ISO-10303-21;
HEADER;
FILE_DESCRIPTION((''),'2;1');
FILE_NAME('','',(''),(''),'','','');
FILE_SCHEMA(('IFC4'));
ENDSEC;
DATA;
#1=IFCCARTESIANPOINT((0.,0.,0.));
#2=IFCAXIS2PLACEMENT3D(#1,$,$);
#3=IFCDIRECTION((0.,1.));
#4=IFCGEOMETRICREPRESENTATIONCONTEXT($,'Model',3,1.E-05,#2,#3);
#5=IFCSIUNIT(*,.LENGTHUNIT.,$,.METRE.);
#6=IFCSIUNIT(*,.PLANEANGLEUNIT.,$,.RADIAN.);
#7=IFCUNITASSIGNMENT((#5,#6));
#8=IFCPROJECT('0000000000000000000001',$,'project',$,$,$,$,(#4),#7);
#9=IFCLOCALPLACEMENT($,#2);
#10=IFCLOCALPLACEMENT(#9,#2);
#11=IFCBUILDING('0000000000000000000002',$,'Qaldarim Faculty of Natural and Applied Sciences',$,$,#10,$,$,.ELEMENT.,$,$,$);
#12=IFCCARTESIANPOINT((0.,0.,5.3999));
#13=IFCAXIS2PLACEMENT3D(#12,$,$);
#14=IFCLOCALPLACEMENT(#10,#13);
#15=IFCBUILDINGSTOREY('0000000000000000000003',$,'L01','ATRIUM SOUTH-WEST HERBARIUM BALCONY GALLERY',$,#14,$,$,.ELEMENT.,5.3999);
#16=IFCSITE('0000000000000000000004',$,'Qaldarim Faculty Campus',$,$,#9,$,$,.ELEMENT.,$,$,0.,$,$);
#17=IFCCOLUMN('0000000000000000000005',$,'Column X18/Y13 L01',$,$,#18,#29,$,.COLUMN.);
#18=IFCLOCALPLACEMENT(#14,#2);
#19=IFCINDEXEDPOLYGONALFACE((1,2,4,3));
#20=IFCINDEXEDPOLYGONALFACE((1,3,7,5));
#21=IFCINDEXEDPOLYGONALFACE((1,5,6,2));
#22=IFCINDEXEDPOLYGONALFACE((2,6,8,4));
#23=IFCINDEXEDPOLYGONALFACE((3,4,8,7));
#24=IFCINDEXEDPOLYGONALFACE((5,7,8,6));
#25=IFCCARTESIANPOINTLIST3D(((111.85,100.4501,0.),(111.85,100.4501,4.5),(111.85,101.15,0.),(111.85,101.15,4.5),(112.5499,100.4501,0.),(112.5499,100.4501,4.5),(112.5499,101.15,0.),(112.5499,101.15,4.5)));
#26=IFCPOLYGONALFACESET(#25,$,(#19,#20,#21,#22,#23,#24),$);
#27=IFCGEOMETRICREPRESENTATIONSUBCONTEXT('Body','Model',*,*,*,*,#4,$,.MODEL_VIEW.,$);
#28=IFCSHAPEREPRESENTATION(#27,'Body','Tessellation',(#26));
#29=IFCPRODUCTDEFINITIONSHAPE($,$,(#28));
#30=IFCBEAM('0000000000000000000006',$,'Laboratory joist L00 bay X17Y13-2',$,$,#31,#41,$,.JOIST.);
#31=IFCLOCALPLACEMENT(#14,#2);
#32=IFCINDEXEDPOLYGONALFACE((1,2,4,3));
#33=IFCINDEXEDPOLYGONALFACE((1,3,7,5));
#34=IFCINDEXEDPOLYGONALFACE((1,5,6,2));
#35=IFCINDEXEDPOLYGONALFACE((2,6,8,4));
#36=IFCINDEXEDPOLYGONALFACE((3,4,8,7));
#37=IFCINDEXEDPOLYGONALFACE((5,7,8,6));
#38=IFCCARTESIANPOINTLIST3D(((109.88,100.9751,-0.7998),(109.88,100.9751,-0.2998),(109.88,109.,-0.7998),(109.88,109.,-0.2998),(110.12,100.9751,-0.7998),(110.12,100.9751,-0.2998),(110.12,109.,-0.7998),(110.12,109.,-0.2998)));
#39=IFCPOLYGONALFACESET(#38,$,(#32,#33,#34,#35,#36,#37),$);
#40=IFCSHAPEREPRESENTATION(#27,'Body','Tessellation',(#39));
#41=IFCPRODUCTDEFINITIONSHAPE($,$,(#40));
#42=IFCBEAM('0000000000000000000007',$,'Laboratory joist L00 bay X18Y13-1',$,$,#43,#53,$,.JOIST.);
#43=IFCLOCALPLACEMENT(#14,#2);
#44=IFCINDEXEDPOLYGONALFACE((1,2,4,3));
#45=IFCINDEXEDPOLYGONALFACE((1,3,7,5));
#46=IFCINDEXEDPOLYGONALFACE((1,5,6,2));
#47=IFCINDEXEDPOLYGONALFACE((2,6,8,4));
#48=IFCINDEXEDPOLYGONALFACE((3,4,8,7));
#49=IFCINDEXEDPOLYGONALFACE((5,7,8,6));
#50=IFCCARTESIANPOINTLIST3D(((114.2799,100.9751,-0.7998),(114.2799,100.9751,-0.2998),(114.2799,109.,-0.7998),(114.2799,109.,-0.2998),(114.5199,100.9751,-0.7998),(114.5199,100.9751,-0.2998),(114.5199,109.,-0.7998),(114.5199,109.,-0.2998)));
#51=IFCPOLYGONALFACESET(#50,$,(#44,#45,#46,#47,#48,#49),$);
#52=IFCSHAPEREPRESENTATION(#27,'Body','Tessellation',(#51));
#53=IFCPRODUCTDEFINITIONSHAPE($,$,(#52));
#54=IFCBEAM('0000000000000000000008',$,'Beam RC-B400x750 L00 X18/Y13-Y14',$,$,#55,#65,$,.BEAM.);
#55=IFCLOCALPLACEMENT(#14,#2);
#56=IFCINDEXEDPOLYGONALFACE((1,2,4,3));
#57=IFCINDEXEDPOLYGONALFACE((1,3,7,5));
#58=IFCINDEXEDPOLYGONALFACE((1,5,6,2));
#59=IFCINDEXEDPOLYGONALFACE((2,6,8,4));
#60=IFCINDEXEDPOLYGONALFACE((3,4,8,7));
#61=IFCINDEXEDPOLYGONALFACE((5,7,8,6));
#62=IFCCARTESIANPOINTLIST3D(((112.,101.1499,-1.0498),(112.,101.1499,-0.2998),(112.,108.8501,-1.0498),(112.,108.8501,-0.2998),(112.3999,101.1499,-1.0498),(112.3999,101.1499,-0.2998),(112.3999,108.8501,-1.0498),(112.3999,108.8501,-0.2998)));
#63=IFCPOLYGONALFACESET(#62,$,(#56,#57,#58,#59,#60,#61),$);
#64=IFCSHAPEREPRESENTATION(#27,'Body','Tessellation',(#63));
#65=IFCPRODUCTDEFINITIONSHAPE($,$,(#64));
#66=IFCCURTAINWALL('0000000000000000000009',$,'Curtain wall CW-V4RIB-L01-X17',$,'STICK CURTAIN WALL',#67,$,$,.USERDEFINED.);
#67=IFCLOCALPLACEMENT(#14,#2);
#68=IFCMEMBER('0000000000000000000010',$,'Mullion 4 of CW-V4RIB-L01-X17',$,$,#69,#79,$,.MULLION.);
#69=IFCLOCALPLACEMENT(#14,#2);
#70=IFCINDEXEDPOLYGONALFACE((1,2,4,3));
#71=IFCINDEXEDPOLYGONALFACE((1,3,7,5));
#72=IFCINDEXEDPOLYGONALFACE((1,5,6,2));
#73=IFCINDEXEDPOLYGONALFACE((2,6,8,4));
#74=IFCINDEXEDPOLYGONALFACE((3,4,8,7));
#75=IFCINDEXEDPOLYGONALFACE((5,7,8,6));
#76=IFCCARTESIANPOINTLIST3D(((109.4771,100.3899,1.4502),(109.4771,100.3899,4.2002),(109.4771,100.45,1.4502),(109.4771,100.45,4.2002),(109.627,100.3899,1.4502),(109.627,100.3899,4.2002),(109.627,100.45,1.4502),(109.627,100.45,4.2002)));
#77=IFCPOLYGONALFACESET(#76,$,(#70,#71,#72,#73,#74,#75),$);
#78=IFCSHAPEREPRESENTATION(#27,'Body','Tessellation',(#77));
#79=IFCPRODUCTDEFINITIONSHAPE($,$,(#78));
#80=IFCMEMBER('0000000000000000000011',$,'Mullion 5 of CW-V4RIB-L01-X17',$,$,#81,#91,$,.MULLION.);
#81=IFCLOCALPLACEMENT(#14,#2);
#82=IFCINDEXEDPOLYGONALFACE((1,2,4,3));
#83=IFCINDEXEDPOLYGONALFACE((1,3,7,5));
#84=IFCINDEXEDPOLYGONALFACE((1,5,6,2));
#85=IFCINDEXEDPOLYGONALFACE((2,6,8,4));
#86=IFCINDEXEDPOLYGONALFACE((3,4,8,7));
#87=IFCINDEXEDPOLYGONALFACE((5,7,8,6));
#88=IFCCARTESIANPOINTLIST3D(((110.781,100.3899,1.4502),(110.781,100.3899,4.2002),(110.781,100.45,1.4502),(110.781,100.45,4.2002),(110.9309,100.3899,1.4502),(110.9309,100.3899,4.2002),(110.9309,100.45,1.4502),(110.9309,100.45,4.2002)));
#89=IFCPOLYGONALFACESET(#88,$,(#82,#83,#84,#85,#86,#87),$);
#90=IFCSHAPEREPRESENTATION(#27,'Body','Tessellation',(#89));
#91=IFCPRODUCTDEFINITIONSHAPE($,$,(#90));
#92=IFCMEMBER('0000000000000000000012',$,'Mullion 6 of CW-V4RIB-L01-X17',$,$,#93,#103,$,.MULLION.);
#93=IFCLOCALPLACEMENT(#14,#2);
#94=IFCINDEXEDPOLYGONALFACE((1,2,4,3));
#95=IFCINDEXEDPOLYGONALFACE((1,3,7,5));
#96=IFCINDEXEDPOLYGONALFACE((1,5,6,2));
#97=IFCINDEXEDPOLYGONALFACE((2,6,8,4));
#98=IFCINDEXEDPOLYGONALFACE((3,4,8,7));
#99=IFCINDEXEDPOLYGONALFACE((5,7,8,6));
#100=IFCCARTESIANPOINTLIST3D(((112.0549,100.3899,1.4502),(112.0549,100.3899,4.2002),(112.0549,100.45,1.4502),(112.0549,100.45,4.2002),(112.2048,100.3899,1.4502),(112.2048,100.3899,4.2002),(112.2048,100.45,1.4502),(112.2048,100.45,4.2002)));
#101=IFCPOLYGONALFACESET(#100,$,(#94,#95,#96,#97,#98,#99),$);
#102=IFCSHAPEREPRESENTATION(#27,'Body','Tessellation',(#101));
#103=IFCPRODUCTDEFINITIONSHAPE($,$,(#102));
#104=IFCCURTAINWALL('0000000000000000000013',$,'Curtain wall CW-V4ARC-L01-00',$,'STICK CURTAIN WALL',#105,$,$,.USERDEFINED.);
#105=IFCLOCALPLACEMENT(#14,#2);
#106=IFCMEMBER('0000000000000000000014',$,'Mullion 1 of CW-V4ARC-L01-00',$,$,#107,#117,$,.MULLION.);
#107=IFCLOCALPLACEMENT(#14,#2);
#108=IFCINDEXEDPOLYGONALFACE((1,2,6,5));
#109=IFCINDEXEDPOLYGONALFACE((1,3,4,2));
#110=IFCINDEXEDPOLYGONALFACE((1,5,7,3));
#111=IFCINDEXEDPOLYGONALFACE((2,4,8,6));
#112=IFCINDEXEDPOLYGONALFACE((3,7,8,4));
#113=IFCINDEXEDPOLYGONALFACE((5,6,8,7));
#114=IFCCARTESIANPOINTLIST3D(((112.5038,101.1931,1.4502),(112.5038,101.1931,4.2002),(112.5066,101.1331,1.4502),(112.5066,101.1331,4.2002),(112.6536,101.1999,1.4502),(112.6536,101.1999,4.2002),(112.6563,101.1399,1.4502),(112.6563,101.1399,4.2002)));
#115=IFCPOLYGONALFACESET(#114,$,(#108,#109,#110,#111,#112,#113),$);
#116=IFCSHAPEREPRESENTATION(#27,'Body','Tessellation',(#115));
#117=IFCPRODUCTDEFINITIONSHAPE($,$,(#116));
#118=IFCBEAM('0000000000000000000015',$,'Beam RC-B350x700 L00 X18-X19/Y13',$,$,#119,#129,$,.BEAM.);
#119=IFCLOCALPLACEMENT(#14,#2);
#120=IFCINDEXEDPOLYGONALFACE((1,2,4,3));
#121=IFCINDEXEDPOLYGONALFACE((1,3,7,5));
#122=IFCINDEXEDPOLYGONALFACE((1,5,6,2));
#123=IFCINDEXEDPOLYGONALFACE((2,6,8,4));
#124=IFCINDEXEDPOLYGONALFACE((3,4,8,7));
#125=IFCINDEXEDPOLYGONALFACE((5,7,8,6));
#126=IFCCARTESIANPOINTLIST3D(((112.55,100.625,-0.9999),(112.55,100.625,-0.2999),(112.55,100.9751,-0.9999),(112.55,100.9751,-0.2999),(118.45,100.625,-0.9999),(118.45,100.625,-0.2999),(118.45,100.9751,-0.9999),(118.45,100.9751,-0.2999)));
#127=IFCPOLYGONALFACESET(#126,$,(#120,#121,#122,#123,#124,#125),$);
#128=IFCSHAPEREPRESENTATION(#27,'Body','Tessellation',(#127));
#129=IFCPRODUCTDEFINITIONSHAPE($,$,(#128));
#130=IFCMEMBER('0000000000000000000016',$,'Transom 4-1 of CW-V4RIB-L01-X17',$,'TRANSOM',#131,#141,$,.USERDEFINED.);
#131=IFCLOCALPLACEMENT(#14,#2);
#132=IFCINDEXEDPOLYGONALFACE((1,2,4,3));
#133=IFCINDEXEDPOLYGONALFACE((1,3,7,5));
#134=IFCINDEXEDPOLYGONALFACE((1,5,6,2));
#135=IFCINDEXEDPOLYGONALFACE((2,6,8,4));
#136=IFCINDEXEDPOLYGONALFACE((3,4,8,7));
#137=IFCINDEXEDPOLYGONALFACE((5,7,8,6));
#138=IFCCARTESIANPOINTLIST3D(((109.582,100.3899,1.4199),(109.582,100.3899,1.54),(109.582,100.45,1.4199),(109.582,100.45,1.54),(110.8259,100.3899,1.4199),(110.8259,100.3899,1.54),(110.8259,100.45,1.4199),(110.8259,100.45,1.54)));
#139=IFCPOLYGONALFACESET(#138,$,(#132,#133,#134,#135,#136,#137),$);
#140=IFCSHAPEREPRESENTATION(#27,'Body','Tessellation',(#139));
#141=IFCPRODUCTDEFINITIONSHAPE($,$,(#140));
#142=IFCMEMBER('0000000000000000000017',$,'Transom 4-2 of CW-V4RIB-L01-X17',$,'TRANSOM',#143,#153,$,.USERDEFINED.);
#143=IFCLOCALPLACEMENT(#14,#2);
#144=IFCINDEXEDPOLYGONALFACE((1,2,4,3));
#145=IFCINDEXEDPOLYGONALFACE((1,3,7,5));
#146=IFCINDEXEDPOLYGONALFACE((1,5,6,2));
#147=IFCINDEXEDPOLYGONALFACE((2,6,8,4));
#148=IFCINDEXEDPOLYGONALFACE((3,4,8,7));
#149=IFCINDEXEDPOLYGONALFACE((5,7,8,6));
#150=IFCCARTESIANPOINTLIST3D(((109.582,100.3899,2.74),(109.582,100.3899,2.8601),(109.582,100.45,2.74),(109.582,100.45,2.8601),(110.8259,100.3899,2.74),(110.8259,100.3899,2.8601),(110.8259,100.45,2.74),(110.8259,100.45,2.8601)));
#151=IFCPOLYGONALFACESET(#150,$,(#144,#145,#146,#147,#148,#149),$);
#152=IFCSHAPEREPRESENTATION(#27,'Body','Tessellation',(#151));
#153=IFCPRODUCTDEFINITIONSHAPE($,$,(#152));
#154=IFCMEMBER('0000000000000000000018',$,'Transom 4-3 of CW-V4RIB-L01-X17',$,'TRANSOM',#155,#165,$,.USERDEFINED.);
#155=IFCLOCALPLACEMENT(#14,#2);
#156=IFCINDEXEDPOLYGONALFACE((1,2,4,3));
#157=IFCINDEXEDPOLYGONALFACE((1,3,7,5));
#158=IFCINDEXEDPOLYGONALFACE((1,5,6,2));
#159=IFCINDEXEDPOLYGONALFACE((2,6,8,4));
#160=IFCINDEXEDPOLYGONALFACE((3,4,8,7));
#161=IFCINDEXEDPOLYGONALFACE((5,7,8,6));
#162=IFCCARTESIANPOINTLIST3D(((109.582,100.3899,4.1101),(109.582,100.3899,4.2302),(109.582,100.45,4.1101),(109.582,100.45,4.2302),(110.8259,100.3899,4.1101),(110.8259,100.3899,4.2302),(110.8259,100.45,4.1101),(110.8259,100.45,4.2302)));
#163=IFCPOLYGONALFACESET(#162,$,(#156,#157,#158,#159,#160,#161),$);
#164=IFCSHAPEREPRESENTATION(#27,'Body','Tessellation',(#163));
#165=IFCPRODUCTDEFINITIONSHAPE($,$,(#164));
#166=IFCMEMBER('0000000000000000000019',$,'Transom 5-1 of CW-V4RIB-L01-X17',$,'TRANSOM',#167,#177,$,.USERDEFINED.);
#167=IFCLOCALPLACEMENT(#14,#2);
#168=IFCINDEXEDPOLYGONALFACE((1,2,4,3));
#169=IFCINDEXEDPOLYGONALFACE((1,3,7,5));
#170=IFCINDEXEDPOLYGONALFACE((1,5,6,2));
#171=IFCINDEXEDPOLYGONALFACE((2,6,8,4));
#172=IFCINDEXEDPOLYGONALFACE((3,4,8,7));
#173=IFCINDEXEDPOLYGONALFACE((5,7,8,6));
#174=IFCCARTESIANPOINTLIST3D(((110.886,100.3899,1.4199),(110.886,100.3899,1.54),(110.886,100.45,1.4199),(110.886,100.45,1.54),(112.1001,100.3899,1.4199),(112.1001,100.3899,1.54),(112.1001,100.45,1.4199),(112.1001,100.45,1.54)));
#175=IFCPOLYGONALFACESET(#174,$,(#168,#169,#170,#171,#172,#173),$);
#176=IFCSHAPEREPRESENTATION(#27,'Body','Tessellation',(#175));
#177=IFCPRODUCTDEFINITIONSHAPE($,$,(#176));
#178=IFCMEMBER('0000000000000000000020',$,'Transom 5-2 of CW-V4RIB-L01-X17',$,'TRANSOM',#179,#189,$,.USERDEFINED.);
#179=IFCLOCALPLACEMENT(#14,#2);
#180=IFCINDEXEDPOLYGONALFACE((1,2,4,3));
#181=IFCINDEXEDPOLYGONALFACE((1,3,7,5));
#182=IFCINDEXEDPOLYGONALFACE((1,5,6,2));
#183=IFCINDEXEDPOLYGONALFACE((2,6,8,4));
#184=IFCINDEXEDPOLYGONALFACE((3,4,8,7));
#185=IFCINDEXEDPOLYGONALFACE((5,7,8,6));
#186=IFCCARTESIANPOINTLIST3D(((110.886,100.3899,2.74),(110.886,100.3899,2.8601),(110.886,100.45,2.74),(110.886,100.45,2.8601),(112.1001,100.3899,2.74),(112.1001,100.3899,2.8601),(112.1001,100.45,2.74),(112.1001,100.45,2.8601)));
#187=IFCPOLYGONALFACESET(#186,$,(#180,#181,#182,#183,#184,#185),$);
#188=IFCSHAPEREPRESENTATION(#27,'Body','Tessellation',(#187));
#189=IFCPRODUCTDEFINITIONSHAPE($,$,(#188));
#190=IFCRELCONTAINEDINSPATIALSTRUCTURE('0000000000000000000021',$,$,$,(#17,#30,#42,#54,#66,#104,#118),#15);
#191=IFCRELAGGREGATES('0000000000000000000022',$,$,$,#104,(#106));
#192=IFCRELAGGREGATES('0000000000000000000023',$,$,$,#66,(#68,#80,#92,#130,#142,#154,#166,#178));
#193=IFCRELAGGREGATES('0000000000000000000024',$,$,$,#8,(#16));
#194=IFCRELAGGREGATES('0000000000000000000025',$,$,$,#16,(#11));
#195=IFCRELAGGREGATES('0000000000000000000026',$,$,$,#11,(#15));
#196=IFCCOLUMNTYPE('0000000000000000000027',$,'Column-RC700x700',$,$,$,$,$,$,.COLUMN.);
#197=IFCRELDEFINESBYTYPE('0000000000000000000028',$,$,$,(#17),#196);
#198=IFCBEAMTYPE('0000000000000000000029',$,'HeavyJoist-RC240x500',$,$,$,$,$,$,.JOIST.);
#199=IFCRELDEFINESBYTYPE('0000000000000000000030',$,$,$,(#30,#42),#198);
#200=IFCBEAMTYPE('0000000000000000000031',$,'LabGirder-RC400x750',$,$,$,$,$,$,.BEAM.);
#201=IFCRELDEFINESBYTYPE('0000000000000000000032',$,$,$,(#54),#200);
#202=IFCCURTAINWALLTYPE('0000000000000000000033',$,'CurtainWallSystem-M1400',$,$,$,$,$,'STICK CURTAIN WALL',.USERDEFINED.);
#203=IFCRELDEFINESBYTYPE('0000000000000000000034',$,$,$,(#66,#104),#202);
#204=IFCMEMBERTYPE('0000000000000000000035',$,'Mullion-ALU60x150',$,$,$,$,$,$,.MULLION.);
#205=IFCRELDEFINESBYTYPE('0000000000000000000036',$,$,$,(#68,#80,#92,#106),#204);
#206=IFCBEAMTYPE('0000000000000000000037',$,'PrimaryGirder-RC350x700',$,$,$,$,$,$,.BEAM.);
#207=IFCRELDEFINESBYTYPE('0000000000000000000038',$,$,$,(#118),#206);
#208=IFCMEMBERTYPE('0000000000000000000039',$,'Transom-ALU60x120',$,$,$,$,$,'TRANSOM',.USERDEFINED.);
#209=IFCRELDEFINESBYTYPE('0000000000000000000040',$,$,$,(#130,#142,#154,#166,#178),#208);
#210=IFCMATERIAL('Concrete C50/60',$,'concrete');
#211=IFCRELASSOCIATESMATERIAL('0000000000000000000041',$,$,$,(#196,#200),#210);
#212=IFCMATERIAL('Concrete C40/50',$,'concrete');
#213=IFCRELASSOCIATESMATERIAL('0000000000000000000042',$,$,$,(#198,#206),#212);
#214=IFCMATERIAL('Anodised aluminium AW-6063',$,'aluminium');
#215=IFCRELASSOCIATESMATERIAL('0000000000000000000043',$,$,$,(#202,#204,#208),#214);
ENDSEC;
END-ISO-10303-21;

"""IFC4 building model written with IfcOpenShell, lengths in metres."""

from ifc_helpers import new_model, si_unit, direction, frame, origin, origin_2d, place, context, subcontext, project, spatial, rectangle, extrude, material, material_profile, profile_set, type_object, element, aggregate, save


model = new_model("IFC4")

# Units and contexts
model_context = context("Model", 3, precision=1e-05, world=origin(), true_north=direction((0.0, 1.0)))
body_context = subcontext(model_context, "Body", "Model", "MODEL_VIEW")
ifc_project = project(units=[si_unit("LENGTHUNIT", "METRE"), si_unit("PLANEANGLEUNIT", "RADIAN")], contexts=[model_context])

# Site, building, storey
site_placement = place(None, origin())
site = spatial("IfcSite", under=ifc_project, at=site_placement, Name="Qaldarim Faculty Campus", CompositionType="ELEMENT", RefElevation=0.0)
building_placement = place(site_placement, origin())
building = spatial("IfcBuilding", under=site, at=building_placement, Name="Qaldarim Faculty of Natural and Applied Sciences", CompositionType="ELEMENT")
storey_placement = place(building_placement, frame((0.0, 0.0, 5.3999)))
storey = spatial("IfcBuildingStorey", under=building, at=storey_placement, Name="L01", Description="ATRIUM SOUTH-WEST HERBARIUM BALCONY GALLERY", CompositionType="ELEMENT", Elevation=5.3999)

# Column
ifc_material_1 = material(Name="Concrete C50/60", Category="concrete")
ifc_material_profile_1 = material_profile(ifc_material_1, rectangle(XDim=0.7, YDim=0.7, at=origin_2d()), Name="RC-C700x700")
ifc_profile_set_1 = profile_set([ifc_material_profile_1], Name="Concrete C50/60")
column_type = type_object("IfcColumnType", Name="Column-RC700x700", PredefinedType="COLUMN", material=ifc_profile_set_1)
column_placement = place(storey_placement, frame((112.2, 100.8, 0.0), z_axis=(0.0, 0.0, 1.0), x_axis=(1.0, 0.0, 0.0)))
element("IfcColumn", 1, at=column_placement, inside=storey, type_object=column_type, Name="Column X18/Y13 L01", PredefinedType="COLUMN", context=body_context, shape_type="SweptSolid", body=[
    extrude(rectangle(XDim=0.7, YDim=0.7, at=origin_2d()), origin(), (0.0, 0.0, 1.0), 4.5),
])

# Beams
ifc_material_2 = material(Name="Concrete C40/50", Category="concrete")
ifc_material_profile_2 = material_profile(ifc_material_2, rectangle(XDim=0.24, YDim=0.5, at=origin_2d()), Name="RC-J240x500")
ifc_profile_set_2 = profile_set([ifc_material_profile_2], Name="Concrete C40/50")
beam_type_1 = type_object("IfcBeamType", Name="HeavyJoist-RC240x500", PredefinedType="JOIST", material=ifc_profile_set_2)
for number, where, z_axis, x_axis, name in (
    (2, (110.0, 100.9751, -0.5498), (0.0, 1.0, 0.0), (-1.0, 0.0, 0.0), "Laboratory joist L00 bay X17Y13-2"),
    (3, (114.3999, 100.9751, -0.5498), (0.0, 1.0, 0.0), (-1.0, 0.0, 0.0), "Laboratory joist L00 bay X18Y13-1"),
):
    element("IfcBeam", number, at=place(storey_placement, frame(where, z_axis=z_axis, x_axis=x_axis)), inside=storey, type_object=beam_type_1, Name=name, PredefinedType="JOIST", context=body_context, shape_type="SweptSolid", body=[
        extrude(rectangle(XDim=0.24, YDim=0.5, at=origin_2d()), origin(), (0.0, 0.0, 1.0), 8.0249),
    ])
ifc_material_profile_3 = material_profile(ifc_material_1, rectangle(XDim=0.3999, YDim=0.75, at=origin_2d()), Name="RC-B400x750")
ifc_profile_set_3 = profile_set([ifc_material_profile_3], Name="Concrete C50/60")
beam_type_2 = type_object("IfcBeamType", Name="LabGirder-RC400x750", PredefinedType="BEAM", material=ifc_profile_set_3)
beam_1_placement = place(storey_placement, frame((112.2, 101.1499, -0.6748), z_axis=(0.0, 1.0, 0.0), x_axis=(-1.0, 0.0, 0.0)))
element("IfcBeam", 4, at=beam_1_placement, inside=storey, type_object=beam_type_2, Name="Beam RC-B400x750 L00 X18/Y13-Y14", PredefinedType="BEAM", context=body_context, shape_type="SweptSolid", body=[
    extrude(rectangle(XDim=0.3999, YDim=0.75, at=origin_2d()), origin(), (0.0, 0.0, 1.0), 7.7002),
])

# Curtain wall, members
ifc_material_3 = material(Name="Anodised aluminium AW-6063", Category="aluminium")
curtain_wall_type = type_object("IfcCurtainWallType", Name="CurtainWallSystem-M1400", ElementType="STICK CURTAIN WALL", PredefinedType="USERDEFINED", material=ifc_material_3)
curtain_wall_1_placement = place(storey_placement, origin())
curtain_wall_1 = element("IfcCurtainWall", 5, at=curtain_wall_1_placement, inside=storey, type_object=curtain_wall_type, Name="Curtain wall CW-V4RIB-L01-X17", ObjectType="STICK CURTAIN WALL", PredefinedType="USERDEFINED")
ifc_material_profile_4 = material_profile(ifc_material_3, rectangle(XDim=0.0601, YDim=0.1499, at=origin_2d()), Name="ALU-M60x150")
ifc_profile_set_4 = profile_set([ifc_material_profile_4], Name="Anodised aluminium AW-6063")
member_type_1 = type_object("IfcMemberType", Name="Mullion-ALU60x150", PredefinedType="MULLION", material=ifc_profile_set_4)
member_1_placement = place(storey_placement, frame((109.552, 100.4199, 1.4502), z_axis=(0.0, 0.0, 1.0), x_axis=(0.0, 1.0, 0.0)))
member_1 = element("IfcMember", 6, at=member_1_placement, type_object=member_type_1, Name="Mullion 4 of CW-V4RIB-L01-X17", PredefinedType="MULLION", context=body_context, shape_type="SweptSolid", body=[
    extrude(rectangle(XDim=0.0601, YDim=0.1499, at=origin_2d()), origin(), (0.0, 0.0, 1.0), 2.75),
])
member_2_placement = place(storey_placement, frame((110.856, 100.4199, 1.4502), z_axis=(0.0, 0.0, 1.0), x_axis=(0.0, 1.0, 0.0)))
member_2 = element("IfcMember", 7, at=member_2_placement, type_object=member_type_1, Name="Mullion 5 of CW-V4RIB-L01-X17", PredefinedType="MULLION", context=body_context, shape_type="SweptSolid", body=[
    extrude(rectangle(XDim=0.0601, YDim=0.1499, at=origin_2d()), origin(), (0.0, 0.0, 1.0), 2.75),
])
member_3_placement = place(storey_placement, frame((112.1299, 100.4199, 1.4502), z_axis=(0.0, 0.0, 1.0), x_axis=(0.0, 1.0, 0.0)))
member_3 = element("IfcMember", 8, at=member_3_placement, type_object=member_type_1, Name="Mullion 6 of CW-V4RIB-L01-X17", PredefinedType="MULLION", context=body_context, shape_type="SweptSolid", body=[
    extrude(rectangle(XDim=0.0601, YDim=0.1499, at=origin_2d()), origin(), (0.0, 0.0, 1.0), 2.75),
])

# Curtain wall, member
curtain_wall_2_placement = place(storey_placement, origin())
curtain_wall_2 = element("IfcCurtainWall", 9, at=curtain_wall_2_placement, inside=storey, type_object=curtain_wall_type, Name="Curtain wall CW-V4ARC-L01-00", ObjectType="STICK CURTAIN WALL", PredefinedType="USERDEFINED")
member_4_placement = place(storey_placement, frame((112.5801, 101.1665, 1.4502), z_axis=(0.0, 0.0, 1.0), x_axis=(-0.045747, 0.998953, 0.0)))
member_4 = element("IfcMember", 10, at=member_4_placement, type_object=member_type_1, Name="Mullion 1 of CW-V4ARC-L01-00", PredefinedType="MULLION", context=body_context, shape_type="SweptSolid", body=[
    extrude(rectangle(XDim=0.0601, YDim=0.1499, at=origin_2d()), origin(), (0.0, 0.0, 1.0), 2.75),
])

# Beam
ifc_material_profile_5 = material_profile(ifc_material_2, rectangle(XDim=0.3501, YDim=0.7, at=origin_2d()), Name="RC-B350x700")
ifc_profile_set_5 = profile_set([ifc_material_profile_5], Name="Concrete C40/50")
beam_type_3 = type_object("IfcBeamType", Name="PrimaryGirder-RC350x700", PredefinedType="BEAM", material=ifc_profile_set_5)
beam_2_placement = place(storey_placement, frame((112.55, 100.8, -0.6499), z_axis=(1.0, 0.0, 0.0), x_axis=(0.0, 1.0, 0.0)))
element("IfcBeam", 11, at=beam_2_placement, inside=storey, type_object=beam_type_3, Name="Beam RC-B350x700 L00 X18-X19/Y13", PredefinedType="BEAM", context=body_context, shape_type="SweptSolid", body=[
    extrude(rectangle(XDim=0.3501, YDim=0.7, at=origin_2d()), origin(), (0.0, 0.0, 1.0), 5.8999),
])

# Members
ifc_material_profile_6 = material_profile(ifc_material_3, rectangle(XDim=0.0601, YDim=0.1201, at=origin_2d()), Name="ALU-T60x120")
ifc_profile_set_6 = profile_set([ifc_material_profile_6], Name="Anodised aluminium AW-6063")
member_type_2 = type_object("IfcMemberType", Name="Transom-ALU60x120", ElementType="TRANSOM", PredefinedType="USERDEFINED", material=ifc_profile_set_6)
member_5_placement = place(storey_placement, frame((109.582, 100.4199, 1.48), z_axis=(1.0, 0.0, 0.0), x_axis=(0.0, 1.0, 0.0)))
member_5 = element("IfcMember", 12, at=member_5_placement, type_object=member_type_2, Name="Transom 4-1 of CW-V4RIB-L01-X17", ObjectType="TRANSOM", PredefinedType="USERDEFINED", context=body_context, shape_type="SweptSolid", body=[
    extrude(rectangle(XDim=0.0601, YDim=0.1201, at=origin_2d()), origin(), (0.0, 0.0, 1.0), 1.2439),
])
member_6_placement = place(storey_placement, frame((109.582, 100.4199, 2.8), z_axis=(1.0, 0.0, 0.0), x_axis=(0.0, 1.0, 0.0)))
member_6 = element("IfcMember", 13, at=member_6_placement, type_object=member_type_2, Name="Transom 4-2 of CW-V4RIB-L01-X17", ObjectType="TRANSOM", PredefinedType="USERDEFINED", context=body_context, shape_type="SweptSolid", body=[
    extrude(rectangle(XDim=0.0601, YDim=0.1201, at=origin_2d()), origin(), (0.0, 0.0, 1.0), 1.2439),
])
member_7_placement = place(storey_placement, frame((109.582, 100.4199, 4.1702), z_axis=(1.0, 0.0, 0.0), x_axis=(0.0, 1.0, 0.0)))
member_7 = element("IfcMember", 14, at=member_7_placement, type_object=member_type_2, Name="Transom 4-3 of CW-V4RIB-L01-X17", ObjectType="TRANSOM", PredefinedType="USERDEFINED", context=body_context, shape_type="SweptSolid", body=[
    extrude(rectangle(XDim=0.0601, YDim=0.1201, at=origin_2d()), origin(), (0.0, 0.0, 1.0), 1.2439),
])
member_8_placement = place(storey_placement, frame((110.886, 100.4199, 1.48), z_axis=(1.0, 0.0, 0.0), x_axis=(0.0, 1.0, 0.0)))
member_8 = element("IfcMember", 15, at=member_8_placement, type_object=member_type_2, Name="Transom 5-1 of CW-V4RIB-L01-X17", ObjectType="TRANSOM", PredefinedType="USERDEFINED", context=body_context, shape_type="SweptSolid", body=[
    extrude(rectangle(XDim=0.0601, YDim=0.1201, at=origin_2d()), origin(), (0.0, 0.0, 1.0), 1.2141),
])
member_9_placement = place(storey_placement, frame((110.886, 100.4199, 2.8), z_axis=(1.0, 0.0, 0.0), x_axis=(0.0, 1.0, 0.0)))
member_9 = element("IfcMember", 16, at=member_9_placement, type_object=member_type_2, Name="Transom 5-2 of CW-V4RIB-L01-X17", ObjectType="TRANSOM", PredefinedType="USERDEFINED", context=body_context, shape_type="SweptSolid", body=[
    extrude(rectangle(XDim=0.0601, YDim=0.1201, at=origin_2d()), origin(), (0.0, 0.0, 1.0), 1.2141),
])
aggregate(curtain_wall_2, [member_4])

aggregate(curtain_wall_1, [member_1, member_2, member_3, member_5, member_6, member_7, member_8, member_9])

save(model, "model.ifc")
